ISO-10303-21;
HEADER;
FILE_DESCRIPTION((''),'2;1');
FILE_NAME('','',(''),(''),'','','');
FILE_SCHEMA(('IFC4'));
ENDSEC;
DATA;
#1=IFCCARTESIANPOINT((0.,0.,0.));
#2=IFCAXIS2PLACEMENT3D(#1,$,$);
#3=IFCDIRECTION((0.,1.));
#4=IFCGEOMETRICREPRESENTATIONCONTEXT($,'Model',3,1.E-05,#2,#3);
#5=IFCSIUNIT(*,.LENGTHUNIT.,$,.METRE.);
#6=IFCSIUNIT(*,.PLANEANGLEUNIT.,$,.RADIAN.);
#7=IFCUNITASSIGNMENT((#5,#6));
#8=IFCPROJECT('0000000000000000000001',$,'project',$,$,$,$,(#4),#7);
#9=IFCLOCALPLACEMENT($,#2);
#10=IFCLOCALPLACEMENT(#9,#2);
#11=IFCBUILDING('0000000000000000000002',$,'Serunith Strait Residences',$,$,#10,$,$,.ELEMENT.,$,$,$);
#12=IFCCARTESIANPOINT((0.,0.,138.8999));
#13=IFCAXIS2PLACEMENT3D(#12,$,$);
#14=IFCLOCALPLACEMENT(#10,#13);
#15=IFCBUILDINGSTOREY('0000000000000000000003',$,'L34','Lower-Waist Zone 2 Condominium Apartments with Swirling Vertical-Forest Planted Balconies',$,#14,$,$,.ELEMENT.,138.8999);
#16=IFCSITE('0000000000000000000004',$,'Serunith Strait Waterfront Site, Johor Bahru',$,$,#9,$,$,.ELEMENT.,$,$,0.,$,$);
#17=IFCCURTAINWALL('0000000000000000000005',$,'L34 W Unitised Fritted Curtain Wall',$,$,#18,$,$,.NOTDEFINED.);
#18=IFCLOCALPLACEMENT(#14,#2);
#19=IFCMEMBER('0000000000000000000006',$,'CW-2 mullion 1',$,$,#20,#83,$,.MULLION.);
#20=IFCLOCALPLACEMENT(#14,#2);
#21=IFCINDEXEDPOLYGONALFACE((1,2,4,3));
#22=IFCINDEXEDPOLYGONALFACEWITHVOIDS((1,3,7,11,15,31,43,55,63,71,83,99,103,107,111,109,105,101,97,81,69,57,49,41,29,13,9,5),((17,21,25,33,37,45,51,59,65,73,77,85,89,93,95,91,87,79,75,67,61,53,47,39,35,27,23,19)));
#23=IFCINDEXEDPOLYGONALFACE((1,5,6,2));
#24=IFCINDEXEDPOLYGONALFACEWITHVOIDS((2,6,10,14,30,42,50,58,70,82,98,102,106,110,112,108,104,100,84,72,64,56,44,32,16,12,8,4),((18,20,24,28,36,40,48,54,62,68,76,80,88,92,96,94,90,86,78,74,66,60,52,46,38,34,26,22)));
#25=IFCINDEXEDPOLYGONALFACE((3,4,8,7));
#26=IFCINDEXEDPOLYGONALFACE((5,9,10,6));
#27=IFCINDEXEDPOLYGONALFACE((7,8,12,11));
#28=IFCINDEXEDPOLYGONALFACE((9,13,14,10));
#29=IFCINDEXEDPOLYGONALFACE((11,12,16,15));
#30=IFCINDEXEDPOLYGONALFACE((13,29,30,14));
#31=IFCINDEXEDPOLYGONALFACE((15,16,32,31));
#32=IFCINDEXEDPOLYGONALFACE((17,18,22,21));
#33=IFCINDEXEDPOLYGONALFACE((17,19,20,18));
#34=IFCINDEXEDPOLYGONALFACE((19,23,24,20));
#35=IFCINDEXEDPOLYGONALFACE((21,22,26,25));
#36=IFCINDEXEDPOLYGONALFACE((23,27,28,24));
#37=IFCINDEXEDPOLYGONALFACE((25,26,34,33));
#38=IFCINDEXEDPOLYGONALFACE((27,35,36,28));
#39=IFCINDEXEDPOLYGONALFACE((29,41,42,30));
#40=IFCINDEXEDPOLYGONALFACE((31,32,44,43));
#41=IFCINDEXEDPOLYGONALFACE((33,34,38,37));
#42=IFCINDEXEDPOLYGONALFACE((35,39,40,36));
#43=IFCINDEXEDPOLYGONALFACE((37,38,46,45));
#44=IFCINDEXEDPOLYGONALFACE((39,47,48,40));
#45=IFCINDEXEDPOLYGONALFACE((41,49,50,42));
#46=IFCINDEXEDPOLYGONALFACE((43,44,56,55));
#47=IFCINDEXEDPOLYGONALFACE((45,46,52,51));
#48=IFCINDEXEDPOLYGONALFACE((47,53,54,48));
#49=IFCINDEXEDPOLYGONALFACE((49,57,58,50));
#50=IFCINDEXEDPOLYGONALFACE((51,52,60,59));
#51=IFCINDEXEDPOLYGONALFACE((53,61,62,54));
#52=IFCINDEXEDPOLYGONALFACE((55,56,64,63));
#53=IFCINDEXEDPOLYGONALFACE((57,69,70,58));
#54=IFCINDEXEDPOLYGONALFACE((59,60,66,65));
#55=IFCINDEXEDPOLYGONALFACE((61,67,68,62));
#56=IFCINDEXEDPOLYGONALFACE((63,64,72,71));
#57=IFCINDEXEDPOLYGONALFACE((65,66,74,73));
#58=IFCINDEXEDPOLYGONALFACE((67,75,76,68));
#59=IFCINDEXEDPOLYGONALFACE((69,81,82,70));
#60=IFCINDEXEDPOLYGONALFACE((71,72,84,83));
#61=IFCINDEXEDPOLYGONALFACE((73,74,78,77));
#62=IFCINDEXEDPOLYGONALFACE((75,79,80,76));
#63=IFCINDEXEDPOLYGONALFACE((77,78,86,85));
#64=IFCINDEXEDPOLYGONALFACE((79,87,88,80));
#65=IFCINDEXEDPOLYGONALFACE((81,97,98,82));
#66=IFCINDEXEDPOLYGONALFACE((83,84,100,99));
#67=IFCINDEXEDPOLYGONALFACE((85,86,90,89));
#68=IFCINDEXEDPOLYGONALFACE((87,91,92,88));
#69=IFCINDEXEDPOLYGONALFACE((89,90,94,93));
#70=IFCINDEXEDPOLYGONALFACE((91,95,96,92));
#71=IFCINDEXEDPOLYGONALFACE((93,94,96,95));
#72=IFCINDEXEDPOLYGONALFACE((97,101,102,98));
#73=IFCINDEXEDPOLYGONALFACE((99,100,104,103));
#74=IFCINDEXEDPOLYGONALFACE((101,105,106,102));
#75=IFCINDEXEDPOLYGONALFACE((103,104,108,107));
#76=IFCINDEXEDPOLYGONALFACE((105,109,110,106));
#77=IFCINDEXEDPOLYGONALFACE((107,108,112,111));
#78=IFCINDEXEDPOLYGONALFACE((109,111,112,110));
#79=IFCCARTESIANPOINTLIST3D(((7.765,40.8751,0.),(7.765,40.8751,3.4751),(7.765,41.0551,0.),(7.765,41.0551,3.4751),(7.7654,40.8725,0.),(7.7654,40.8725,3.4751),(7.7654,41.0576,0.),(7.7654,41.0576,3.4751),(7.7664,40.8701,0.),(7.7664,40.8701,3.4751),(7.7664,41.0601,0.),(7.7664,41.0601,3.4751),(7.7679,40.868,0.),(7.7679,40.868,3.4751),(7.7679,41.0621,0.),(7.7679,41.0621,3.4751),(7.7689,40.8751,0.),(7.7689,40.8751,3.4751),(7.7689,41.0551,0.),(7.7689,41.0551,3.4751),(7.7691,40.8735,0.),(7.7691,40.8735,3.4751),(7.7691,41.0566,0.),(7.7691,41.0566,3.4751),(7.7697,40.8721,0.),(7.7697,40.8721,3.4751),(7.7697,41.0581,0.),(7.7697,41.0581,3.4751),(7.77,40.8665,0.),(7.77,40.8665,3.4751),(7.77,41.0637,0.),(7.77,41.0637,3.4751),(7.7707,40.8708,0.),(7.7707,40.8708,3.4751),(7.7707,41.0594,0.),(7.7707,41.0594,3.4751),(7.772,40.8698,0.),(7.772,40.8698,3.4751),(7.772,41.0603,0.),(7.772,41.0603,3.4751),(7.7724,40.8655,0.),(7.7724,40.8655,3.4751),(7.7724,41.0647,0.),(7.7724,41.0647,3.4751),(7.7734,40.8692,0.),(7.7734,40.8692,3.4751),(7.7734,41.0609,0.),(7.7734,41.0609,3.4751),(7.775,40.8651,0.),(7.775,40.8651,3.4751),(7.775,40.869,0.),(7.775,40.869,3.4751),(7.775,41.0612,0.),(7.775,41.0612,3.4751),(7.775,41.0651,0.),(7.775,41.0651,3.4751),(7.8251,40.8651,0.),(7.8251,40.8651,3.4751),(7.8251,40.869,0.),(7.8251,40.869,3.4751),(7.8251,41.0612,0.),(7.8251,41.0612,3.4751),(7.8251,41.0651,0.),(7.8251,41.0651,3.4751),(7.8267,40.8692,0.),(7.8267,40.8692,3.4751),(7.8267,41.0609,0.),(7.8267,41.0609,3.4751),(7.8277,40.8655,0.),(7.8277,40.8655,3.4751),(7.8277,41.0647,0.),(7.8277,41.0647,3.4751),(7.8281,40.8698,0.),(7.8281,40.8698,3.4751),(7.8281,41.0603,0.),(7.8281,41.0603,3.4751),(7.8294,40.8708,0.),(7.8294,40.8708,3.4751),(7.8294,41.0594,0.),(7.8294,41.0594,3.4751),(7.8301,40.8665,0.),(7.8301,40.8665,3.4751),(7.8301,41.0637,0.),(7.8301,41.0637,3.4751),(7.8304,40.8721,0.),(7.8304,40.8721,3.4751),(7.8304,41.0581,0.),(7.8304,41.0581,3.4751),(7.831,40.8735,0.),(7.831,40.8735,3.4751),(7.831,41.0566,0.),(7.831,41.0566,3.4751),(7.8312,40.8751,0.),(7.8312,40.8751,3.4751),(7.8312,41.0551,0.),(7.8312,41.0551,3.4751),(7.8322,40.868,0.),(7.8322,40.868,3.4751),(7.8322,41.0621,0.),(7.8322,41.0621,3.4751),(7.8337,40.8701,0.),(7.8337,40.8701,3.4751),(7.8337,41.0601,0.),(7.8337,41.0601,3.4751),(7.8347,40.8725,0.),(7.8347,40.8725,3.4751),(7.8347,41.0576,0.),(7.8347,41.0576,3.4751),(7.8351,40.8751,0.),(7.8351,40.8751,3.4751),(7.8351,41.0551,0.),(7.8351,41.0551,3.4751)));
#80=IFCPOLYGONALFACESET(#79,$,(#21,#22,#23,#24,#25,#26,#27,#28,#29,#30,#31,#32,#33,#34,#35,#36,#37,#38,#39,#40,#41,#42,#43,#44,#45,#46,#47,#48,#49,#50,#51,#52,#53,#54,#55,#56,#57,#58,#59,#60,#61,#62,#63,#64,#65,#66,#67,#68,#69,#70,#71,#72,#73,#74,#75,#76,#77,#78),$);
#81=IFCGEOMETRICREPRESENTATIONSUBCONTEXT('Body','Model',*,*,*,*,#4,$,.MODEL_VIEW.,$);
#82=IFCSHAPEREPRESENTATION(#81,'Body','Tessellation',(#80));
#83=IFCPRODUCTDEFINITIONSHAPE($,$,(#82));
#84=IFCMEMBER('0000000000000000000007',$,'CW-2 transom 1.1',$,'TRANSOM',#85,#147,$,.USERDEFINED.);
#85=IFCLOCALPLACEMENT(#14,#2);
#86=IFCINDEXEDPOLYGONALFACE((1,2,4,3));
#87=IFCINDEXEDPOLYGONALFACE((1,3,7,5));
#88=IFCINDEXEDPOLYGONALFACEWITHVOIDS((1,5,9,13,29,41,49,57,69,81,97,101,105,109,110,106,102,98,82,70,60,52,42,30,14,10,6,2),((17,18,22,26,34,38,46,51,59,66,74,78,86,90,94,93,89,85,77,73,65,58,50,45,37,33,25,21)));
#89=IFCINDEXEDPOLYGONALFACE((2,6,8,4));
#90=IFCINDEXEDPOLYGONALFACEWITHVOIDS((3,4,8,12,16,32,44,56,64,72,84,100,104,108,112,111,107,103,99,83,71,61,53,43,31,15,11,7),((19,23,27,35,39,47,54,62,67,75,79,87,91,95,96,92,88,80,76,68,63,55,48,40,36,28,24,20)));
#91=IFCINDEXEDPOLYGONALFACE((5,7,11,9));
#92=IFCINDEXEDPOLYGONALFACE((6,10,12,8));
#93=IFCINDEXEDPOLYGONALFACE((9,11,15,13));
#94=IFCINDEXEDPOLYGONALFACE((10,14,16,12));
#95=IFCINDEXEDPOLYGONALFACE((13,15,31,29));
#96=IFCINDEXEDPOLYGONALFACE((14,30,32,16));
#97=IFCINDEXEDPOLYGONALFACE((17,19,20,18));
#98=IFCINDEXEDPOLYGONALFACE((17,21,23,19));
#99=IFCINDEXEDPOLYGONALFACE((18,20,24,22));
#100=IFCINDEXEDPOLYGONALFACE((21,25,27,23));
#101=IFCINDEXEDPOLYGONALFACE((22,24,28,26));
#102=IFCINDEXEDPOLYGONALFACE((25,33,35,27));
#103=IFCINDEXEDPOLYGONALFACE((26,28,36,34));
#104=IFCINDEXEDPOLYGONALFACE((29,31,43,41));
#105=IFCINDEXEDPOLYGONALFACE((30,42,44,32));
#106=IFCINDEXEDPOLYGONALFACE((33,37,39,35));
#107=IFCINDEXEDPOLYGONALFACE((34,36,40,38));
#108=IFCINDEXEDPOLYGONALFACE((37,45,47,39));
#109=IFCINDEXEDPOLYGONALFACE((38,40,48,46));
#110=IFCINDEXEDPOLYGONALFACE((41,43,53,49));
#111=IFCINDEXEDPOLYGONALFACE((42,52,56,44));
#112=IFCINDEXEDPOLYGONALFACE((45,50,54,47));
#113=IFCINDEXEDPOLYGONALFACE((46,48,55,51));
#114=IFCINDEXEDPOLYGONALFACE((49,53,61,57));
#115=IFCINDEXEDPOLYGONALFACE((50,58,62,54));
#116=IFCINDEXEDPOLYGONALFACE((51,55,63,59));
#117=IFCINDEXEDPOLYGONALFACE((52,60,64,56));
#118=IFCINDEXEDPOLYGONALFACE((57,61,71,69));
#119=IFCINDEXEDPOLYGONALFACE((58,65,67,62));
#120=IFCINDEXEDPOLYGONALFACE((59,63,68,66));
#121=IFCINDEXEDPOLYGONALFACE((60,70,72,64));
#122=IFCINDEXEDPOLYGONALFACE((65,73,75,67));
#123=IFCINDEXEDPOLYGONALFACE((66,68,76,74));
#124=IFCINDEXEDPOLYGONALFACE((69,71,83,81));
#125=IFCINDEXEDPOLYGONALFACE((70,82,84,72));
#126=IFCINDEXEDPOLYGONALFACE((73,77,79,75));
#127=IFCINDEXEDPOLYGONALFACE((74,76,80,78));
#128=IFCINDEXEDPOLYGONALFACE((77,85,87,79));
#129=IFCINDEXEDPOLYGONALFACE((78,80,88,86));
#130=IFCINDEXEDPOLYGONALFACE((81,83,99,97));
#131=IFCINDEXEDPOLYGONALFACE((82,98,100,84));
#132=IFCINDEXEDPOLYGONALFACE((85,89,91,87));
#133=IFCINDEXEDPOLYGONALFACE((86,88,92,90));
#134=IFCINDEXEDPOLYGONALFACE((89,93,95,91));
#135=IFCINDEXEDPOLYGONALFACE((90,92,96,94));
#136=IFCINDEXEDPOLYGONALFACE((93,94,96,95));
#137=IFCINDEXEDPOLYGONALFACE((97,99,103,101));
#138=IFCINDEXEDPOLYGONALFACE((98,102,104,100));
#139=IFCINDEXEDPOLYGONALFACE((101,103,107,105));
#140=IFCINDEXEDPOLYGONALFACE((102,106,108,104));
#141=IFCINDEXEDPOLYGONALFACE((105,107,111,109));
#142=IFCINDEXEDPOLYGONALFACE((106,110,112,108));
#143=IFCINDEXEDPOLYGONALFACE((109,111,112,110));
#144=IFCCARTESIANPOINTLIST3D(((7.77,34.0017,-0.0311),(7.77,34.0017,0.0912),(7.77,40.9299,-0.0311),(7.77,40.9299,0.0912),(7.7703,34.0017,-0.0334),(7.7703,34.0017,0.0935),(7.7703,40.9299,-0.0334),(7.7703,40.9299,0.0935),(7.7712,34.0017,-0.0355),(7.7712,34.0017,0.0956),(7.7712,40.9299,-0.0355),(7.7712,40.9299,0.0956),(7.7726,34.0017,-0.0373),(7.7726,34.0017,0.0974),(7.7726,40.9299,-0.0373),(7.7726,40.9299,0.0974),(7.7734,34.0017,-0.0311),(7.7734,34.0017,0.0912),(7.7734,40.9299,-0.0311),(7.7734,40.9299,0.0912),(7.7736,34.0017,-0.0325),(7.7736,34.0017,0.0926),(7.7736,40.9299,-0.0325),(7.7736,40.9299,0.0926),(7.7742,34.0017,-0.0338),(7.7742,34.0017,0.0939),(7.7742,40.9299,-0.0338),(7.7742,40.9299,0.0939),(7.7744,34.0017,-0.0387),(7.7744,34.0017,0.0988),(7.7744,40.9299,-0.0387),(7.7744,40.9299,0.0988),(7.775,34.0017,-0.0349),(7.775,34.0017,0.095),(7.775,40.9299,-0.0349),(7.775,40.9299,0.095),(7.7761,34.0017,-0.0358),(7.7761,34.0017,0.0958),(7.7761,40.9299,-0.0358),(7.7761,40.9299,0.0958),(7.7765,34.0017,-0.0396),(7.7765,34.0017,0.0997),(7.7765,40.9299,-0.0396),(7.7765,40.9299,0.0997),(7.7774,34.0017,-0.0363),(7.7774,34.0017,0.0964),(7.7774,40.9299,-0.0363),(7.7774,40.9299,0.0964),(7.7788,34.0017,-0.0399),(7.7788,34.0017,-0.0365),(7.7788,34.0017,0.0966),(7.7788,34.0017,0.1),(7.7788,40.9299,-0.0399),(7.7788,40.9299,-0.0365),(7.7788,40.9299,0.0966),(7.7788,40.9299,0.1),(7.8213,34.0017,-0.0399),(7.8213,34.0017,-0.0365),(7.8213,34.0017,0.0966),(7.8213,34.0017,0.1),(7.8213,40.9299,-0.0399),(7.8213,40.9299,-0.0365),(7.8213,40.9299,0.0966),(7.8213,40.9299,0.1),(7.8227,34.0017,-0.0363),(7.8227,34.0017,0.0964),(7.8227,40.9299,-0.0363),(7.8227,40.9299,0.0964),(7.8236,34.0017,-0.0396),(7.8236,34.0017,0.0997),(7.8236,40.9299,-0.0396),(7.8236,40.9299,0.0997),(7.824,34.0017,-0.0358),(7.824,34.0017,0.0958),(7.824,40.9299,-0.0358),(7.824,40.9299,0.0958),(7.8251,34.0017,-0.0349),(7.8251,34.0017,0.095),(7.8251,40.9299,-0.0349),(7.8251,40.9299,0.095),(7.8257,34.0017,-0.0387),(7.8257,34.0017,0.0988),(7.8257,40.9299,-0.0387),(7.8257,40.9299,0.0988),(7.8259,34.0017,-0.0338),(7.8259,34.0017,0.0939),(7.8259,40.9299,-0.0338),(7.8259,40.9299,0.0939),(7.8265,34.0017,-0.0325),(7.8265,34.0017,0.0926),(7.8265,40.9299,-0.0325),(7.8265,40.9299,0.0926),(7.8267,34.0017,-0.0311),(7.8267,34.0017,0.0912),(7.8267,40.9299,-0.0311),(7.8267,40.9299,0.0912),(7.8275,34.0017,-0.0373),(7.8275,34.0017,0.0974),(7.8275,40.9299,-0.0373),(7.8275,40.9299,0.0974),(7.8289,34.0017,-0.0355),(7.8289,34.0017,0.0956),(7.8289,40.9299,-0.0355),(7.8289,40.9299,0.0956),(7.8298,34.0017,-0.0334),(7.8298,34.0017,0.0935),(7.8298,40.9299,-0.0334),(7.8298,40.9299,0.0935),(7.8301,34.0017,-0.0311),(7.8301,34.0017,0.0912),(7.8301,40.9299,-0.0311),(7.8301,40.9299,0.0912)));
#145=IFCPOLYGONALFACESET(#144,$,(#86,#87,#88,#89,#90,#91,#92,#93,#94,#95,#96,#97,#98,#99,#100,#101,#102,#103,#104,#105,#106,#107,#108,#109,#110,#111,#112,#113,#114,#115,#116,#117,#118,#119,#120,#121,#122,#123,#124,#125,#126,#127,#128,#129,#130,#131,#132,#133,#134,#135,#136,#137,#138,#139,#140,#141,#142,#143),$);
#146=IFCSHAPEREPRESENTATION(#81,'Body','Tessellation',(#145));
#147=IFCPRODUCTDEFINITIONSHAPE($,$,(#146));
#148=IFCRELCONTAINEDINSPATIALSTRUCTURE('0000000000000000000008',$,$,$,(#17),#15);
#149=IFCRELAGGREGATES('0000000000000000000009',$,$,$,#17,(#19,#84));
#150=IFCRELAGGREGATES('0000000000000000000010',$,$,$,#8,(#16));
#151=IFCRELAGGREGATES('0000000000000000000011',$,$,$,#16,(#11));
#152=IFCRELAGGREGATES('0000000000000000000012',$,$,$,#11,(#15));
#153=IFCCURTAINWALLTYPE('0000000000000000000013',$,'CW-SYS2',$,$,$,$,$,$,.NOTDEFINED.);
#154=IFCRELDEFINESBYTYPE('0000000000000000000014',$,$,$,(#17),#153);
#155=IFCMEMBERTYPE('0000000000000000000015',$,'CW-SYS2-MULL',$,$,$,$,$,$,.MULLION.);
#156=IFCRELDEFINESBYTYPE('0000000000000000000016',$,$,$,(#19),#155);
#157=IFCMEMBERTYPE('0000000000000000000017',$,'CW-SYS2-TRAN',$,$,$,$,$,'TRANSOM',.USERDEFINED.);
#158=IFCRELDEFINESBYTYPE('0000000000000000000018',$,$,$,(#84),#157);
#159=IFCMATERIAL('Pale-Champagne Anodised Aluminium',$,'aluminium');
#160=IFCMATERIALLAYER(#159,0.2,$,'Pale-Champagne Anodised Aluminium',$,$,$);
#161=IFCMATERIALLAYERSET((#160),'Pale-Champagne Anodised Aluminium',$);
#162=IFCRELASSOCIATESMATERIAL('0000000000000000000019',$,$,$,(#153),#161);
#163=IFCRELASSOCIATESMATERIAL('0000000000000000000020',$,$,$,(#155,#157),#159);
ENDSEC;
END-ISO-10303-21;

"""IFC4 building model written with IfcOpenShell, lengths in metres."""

from ifc_helpers import new_model, si_unit, direction, frame, origin, origin_2d, place, context, subcontext, project, spatial, hollow_rectangle, extrude, source, transform, mapped, material, layer, layer_set, material_profile, profile_set, type_object, element, aggregate, save


model = new_model("IFC4")

# Units and contexts
model_context = context("Model", 3, precision=1e-05, world=origin(), true_north=direction((0.0, 1.0)))
body_context = subcontext(model_context, "Body", "Model", "MODEL_VIEW")
ifc_project = project(units=[si_unit("LENGTHUNIT", "METRE"), si_unit("PLANEANGLEUNIT", "RADIAN")], contexts=[model_context])

# Site, building, storey
site_placement = place(None, origin())
site = spatial("IfcSite", under=ifc_project, at=site_placement, Name="Serunith Strait Waterfront Site, Johor Bahru", CompositionType="ELEMENT", RefElevation=0.0)
building_placement = place(site_placement, origin())
building = spatial("IfcBuilding", under=site, at=building_placement, Name="Serunith Strait Residences", CompositionType="ELEMENT")
storey_placement = place(building_placement, frame((0.0, 0.0, 138.8999)))
storey = spatial("IfcBuildingStorey", under=building, at=storey_placement, Name="L34", Description="Lower-Waist Zone 2 Condominium Apartments with Swirling Vertical-Forest Planted Balconies", CompositionType="ELEMENT", Elevation=138.8999)

# Shared definitions
ifc_material_1 = material(Name="Pale-Champagne Anodised Aluminium", Category="aluminium")
ifc_layer_1 = layer(ifc_material_1, 0.2, Name="Pale-Champagne Anodised Aluminium")
ifc_layer_set_1 = layer_set([ifc_layer_1], Name="Pale-Champagne Anodised Aluminium")
curtain_wall_type = type_object("IfcCurtainWallType", Name="CW-SYS2", PredefinedType="NOTDEFINED", material=ifc_layer_set_1)
ifc_material_profile_1 = material_profile(ifc_material_1, hollow_rectangle(XDim=0.0701, YDim=0.2, WallThickness=0.0039, InnerFilletRadius=0.0061, OuterFilletRadius=0.01, at=origin_2d()), Name="ALU 200x70x4")
ifc_profile_set_1 = profile_set([ifc_material_profile_1], Name="Pale-Champagne Anodised Aluminium")
member_type_1 = type_object("IfcMemberType", Name="CW-SYS2-MULL", PredefinedType="MULLION", material=ifc_profile_set_1)
shared_shape_1 = source(origin(), body_context, "Body", "SweptSolid", [
    extrude(hollow_rectangle(XDim=0.0701, YDim=0.2, WallThickness=0.0039, InnerFilletRadius=0.0061, OuterFilletRadius=0.01, at=origin_2d()), origin(), (0.0, 0.0, 1.0), 3.4751),
])

# Curtain wall, members
curtain_wall_1_placement = place(storey_placement, origin())
curtain_wall_1 = element("IfcCurtainWall", 1, at=curtain_wall_1_placement, inside=storey, type_object=curtain_wall_type, Name="L34 W Unitised Fritted Curtain Wall", PredefinedType="NOTDEFINED")
member_1_placement = place(storey_placement, frame((7.8, 40.9651, 0.0), z_axis=(0.0, 0.0, 1.0), x_axis=(1.0, 0.0, 0.0)))
member_1 = element("IfcMember", 2, at=member_1_placement, type_object=member_type_1, Name="CW-2 mullion 1", PredefinedType="MULLION", context=body_context, shape_type="MappedRepresentation", body=[
    mapped(shared_shape_1, transform((0.0, 0.0, 0.0), scale=1.0)),
])
ifc_material_profile_2 = material_profile(ifc_material_1, hollow_rectangle(XDim=0.0601, YDim=0.1399, WallThickness=0.0034, InnerFilletRadius=0.0054, OuterFilletRadius=0.0088, at=origin_2d()), Name="ALU 140x60x3.5")
ifc_profile_set_2 = profile_set([ifc_material_profile_2], Name="Pale-Champagne Anodised Aluminium")
member_type_2 = type_object("IfcMemberType", Name="CW-SYS2-TRAN", ElementType="TRANSOM", PredefinedType="USERDEFINED", material=ifc_profile_set_2)
shared_shape_2 = source(origin(), body_context, "Body", "SweptSolid", [
    extrude(hollow_rectangle(XDim=0.0601, YDim=0.1399, WallThickness=0.0034, InnerFilletRadius=0.0054, OuterFilletRadius=0.0088, at=origin_2d()), origin(), (0.0, 0.0, 1.0), 6.9282),
])
member_2_placement = place(storey_placement, frame((7.8, 40.9299, 0.03), z_axis=(0.0, -1.0, 0.0), x_axis=(1.0, 0.0, 0.0)))
member_2 = element("IfcMember", 3, at=member_2_placement, type_object=member_type_2, Name="CW-2 transom 1.1", ObjectType="TRANSOM", PredefinedType="USERDEFINED", context=body_context, shape_type="MappedRepresentation", body=[
    mapped(shared_shape_2, transform((0.0, 0.0, 0.0), scale=1.0)),
])
aggregate(curtain_wall_1, [member_1, member_2])

save(model, "model.ifc")
